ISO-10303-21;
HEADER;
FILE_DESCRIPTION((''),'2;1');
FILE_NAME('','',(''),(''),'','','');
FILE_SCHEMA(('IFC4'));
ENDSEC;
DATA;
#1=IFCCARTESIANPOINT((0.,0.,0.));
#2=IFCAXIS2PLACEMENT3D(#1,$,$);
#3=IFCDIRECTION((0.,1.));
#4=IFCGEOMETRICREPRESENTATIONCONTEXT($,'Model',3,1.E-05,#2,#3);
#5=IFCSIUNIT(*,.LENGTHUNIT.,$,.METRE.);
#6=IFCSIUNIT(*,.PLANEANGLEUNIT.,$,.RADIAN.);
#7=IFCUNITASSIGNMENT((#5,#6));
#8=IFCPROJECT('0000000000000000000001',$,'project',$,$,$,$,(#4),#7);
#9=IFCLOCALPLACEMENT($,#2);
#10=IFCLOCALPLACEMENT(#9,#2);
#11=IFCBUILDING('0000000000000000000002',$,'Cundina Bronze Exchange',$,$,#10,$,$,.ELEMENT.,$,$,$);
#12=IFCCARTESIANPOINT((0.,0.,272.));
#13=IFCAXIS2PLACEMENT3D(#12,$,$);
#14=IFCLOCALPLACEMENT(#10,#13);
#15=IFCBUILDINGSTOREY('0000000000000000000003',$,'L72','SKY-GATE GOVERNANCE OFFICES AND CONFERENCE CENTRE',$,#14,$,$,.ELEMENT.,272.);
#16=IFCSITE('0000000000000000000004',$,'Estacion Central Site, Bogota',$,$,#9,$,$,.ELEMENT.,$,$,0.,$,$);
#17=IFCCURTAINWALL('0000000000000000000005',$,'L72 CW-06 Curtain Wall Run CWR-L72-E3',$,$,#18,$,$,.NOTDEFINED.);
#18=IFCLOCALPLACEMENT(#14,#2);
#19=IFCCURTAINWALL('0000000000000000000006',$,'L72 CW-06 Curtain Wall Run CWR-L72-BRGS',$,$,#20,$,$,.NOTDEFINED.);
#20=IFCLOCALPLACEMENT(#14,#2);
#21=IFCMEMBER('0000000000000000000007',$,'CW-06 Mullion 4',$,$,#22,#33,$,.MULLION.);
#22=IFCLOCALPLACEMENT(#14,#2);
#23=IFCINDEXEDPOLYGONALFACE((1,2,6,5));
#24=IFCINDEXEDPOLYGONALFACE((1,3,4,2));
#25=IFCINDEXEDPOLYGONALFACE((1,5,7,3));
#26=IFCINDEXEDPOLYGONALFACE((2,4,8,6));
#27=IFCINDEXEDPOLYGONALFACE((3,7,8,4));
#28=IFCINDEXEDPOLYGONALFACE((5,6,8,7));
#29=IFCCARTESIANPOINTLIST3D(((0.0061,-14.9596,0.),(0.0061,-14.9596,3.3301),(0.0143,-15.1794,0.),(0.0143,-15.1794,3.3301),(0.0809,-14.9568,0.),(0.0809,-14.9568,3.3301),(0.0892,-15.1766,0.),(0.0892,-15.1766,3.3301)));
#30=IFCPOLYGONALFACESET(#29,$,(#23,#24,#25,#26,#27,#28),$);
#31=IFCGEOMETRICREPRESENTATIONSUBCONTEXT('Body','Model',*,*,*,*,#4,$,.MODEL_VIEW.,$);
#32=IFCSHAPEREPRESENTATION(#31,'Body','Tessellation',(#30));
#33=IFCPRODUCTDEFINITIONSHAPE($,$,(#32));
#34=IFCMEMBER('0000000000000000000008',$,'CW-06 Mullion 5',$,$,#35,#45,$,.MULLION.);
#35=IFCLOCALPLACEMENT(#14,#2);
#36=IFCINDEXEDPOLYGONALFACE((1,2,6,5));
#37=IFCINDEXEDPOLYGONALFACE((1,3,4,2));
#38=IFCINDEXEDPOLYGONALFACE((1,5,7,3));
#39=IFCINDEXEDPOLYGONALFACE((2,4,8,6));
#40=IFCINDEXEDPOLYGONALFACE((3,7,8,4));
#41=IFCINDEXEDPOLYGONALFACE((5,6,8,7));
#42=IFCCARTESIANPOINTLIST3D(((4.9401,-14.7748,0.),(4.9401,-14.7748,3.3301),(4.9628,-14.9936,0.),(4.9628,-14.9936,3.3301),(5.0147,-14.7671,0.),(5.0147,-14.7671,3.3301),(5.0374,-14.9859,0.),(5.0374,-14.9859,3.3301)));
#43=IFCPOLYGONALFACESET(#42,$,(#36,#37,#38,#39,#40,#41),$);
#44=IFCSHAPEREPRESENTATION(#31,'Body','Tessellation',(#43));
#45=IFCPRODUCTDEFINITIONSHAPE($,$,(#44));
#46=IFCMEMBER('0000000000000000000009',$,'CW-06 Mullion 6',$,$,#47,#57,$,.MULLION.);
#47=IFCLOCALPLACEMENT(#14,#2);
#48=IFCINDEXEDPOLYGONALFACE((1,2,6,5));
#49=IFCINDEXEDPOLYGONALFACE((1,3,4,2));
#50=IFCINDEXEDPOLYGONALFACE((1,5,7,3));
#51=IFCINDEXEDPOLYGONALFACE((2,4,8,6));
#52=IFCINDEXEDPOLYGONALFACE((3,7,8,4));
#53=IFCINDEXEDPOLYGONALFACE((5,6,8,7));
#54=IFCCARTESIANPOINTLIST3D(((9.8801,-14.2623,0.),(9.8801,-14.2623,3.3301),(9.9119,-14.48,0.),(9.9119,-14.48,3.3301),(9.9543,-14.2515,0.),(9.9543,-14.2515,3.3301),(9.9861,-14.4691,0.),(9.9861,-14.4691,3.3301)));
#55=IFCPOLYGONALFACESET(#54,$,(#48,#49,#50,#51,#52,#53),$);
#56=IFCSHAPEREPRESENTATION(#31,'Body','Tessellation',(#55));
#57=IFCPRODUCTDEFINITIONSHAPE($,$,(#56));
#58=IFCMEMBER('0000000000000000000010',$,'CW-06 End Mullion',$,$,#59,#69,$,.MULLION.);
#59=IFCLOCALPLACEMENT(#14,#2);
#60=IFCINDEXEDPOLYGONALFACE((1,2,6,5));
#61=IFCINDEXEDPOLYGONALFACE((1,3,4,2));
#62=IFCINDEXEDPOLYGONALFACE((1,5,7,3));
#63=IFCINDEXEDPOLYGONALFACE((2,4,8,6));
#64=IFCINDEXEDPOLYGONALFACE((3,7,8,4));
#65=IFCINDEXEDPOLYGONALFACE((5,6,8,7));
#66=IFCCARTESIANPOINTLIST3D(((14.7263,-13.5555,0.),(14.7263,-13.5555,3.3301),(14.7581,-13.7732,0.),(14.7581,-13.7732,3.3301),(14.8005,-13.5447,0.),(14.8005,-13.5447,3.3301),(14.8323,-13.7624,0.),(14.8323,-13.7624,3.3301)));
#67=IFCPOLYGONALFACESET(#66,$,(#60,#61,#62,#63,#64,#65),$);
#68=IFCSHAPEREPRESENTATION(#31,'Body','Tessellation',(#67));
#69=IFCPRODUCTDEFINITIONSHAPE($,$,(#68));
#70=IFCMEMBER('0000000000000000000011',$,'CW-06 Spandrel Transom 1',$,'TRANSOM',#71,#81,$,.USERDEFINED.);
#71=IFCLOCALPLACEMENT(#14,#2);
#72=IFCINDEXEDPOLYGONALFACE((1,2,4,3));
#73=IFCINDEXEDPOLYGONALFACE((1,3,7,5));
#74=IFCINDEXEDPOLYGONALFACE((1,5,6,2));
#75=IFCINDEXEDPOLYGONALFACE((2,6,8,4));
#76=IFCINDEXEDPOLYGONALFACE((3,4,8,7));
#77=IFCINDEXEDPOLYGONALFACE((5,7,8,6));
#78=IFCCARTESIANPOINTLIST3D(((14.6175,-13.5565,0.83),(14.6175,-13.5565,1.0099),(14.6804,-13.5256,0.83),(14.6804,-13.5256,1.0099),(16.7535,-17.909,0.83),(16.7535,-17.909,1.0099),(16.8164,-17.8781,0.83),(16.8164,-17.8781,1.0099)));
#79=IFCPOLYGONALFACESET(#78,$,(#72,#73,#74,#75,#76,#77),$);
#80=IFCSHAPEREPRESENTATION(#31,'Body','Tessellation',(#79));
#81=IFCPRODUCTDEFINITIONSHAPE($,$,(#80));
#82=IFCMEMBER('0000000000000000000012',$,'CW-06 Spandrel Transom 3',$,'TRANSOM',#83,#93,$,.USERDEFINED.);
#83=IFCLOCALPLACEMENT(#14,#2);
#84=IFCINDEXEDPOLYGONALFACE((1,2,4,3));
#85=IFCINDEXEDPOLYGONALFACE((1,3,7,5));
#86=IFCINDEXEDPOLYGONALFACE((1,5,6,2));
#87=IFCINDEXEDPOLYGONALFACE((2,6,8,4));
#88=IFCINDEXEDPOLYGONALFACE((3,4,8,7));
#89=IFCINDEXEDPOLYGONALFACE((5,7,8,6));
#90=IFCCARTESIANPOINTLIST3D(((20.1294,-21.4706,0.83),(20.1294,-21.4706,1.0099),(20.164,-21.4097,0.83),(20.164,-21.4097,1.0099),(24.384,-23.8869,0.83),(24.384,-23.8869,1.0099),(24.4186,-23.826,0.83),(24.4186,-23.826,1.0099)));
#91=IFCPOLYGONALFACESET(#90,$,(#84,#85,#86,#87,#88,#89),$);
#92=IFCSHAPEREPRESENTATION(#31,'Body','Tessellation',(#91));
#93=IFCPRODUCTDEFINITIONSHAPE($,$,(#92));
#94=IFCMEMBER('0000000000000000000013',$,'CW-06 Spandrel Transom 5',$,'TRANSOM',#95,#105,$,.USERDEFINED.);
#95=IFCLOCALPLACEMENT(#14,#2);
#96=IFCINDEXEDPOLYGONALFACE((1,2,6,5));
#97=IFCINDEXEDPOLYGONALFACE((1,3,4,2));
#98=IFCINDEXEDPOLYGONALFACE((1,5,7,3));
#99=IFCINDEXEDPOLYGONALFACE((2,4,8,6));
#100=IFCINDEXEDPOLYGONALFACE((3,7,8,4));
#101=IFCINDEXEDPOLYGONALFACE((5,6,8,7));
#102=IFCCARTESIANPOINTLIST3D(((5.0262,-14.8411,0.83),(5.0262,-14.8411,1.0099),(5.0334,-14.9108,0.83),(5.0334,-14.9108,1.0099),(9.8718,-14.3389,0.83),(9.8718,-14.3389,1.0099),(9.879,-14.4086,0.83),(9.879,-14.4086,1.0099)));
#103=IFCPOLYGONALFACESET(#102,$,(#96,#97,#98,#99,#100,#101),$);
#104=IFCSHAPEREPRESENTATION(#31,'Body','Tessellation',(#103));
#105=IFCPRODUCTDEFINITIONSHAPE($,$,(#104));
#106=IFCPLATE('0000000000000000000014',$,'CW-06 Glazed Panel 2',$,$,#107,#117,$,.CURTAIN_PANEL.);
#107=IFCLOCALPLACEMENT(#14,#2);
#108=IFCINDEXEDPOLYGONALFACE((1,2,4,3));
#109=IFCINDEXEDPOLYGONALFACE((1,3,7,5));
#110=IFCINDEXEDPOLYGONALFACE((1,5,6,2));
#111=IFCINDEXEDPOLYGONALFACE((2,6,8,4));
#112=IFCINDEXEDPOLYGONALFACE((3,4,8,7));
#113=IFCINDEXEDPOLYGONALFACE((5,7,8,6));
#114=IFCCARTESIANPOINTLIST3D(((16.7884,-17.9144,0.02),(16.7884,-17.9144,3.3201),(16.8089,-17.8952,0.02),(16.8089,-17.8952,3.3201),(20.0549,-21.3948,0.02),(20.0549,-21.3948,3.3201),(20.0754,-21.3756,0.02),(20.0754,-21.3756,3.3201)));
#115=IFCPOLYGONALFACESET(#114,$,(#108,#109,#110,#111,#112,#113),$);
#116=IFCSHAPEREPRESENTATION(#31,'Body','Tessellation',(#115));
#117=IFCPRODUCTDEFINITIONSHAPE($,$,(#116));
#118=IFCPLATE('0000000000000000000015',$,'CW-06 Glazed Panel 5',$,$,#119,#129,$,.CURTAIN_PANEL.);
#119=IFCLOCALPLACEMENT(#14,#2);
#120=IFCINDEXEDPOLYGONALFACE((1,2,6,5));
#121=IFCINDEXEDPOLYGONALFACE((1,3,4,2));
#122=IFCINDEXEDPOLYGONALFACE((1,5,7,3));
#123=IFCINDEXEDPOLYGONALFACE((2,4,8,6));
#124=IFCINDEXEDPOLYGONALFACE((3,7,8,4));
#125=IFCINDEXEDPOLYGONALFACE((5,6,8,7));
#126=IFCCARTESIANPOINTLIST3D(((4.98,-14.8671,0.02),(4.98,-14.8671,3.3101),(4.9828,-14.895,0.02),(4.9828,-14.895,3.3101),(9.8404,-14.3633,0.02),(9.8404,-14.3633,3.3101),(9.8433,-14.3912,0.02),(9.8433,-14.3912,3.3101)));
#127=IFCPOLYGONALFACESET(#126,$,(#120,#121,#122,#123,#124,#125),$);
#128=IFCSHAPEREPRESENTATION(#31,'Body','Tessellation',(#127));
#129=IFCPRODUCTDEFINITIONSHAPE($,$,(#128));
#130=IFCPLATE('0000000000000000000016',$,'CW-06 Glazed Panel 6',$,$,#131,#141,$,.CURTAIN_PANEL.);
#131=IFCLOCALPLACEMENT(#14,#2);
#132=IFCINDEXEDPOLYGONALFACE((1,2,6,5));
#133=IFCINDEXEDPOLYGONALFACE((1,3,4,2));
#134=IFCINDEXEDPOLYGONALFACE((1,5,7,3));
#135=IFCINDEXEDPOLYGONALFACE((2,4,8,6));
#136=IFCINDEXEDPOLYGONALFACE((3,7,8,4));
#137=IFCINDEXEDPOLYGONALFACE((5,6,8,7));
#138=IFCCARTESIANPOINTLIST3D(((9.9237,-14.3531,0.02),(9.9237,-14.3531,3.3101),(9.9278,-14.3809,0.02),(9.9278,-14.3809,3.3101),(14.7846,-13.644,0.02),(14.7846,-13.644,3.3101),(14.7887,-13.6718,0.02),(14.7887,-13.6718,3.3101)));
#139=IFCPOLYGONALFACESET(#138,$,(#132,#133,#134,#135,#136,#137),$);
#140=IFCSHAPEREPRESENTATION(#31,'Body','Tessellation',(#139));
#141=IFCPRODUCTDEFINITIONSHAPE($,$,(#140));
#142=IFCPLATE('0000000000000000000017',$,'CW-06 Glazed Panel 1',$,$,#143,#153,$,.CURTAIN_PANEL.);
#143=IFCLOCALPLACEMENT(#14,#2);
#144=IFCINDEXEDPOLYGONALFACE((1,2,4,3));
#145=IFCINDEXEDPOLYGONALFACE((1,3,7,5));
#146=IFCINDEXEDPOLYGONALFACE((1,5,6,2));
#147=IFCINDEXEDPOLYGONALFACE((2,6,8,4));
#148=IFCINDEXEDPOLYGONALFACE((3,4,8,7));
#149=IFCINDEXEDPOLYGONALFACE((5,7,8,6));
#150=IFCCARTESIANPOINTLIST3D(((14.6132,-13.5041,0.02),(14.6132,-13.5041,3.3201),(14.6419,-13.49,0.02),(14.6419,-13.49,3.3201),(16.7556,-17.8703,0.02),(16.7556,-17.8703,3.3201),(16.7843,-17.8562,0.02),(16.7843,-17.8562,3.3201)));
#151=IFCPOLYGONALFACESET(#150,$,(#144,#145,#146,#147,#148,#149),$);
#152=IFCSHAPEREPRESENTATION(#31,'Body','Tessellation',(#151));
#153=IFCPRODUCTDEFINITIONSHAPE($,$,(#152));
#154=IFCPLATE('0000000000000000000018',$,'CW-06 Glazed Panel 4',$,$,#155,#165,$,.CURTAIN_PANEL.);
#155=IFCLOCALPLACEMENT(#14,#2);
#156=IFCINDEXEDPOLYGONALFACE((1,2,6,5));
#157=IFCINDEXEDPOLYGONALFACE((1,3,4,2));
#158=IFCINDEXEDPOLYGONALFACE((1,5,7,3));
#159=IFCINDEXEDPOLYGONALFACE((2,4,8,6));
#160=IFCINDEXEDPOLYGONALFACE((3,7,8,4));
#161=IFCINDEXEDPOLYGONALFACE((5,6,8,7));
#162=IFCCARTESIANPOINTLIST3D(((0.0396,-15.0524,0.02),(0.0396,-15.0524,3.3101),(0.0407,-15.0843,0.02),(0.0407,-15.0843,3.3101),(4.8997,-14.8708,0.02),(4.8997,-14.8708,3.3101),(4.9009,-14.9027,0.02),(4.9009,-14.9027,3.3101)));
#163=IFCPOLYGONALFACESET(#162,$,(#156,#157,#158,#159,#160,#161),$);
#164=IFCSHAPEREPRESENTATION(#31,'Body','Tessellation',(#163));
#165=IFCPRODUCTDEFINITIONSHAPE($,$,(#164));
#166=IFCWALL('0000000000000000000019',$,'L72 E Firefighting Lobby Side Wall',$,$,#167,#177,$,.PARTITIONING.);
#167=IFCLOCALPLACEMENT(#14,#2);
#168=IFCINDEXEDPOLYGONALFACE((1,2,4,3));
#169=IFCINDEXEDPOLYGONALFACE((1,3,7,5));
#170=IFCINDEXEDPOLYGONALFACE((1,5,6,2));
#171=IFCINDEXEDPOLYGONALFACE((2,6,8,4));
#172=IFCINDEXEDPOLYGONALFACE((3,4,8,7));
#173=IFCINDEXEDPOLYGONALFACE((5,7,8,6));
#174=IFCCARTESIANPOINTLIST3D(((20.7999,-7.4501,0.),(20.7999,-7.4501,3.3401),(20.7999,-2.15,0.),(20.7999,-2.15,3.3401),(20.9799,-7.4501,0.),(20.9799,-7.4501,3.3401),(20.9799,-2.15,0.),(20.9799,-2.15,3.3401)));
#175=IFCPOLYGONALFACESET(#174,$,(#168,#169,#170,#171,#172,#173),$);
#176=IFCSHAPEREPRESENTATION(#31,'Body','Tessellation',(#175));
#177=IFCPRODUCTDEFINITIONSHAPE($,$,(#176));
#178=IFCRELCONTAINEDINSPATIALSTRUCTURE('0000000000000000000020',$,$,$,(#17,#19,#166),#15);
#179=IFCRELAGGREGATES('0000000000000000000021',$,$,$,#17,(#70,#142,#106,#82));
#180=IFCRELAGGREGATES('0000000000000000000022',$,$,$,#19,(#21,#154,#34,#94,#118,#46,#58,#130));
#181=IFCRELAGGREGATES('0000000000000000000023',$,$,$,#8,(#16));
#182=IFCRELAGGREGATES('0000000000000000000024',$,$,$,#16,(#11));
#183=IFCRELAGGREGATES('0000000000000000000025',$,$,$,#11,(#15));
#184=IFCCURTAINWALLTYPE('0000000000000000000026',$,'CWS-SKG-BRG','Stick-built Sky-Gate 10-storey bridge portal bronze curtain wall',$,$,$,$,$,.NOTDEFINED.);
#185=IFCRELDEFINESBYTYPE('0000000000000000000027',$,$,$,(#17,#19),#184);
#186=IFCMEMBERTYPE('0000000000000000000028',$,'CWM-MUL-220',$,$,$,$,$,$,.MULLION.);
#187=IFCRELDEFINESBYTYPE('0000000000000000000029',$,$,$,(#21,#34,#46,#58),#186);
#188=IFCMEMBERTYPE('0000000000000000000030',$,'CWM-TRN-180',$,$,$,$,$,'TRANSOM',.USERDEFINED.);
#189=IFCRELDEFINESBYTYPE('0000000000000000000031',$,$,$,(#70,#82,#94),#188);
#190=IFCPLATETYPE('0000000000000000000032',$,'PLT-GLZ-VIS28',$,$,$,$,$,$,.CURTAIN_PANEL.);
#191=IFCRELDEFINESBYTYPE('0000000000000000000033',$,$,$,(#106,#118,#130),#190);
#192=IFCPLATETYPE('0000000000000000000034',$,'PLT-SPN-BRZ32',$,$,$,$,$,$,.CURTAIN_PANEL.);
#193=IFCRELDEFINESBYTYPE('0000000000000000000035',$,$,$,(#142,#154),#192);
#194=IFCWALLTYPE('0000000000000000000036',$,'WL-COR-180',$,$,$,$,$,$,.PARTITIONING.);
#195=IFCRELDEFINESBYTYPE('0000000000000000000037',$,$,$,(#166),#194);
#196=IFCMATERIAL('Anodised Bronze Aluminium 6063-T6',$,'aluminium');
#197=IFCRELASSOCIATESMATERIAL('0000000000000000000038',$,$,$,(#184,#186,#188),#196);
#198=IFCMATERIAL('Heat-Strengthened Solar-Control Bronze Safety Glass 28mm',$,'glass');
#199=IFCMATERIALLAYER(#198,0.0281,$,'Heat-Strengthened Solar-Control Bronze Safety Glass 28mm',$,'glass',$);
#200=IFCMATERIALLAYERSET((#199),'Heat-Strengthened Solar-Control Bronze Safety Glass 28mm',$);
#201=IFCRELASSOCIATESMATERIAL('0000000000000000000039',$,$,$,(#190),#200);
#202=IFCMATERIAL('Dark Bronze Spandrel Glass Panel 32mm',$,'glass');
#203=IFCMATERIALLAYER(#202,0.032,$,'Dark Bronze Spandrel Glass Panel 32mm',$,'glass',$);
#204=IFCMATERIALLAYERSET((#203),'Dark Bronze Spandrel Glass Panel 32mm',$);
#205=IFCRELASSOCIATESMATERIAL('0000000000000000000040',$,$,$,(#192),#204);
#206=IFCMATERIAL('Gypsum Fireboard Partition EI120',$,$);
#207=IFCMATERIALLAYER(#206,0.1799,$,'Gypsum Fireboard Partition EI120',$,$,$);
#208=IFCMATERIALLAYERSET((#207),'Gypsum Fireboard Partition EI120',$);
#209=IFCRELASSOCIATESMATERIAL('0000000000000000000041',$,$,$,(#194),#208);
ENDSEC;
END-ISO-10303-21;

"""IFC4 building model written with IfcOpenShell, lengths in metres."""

from ifc_helpers import new_model, si_unit, direction, frame, frame_2d, origin, origin_2d, place, context, subcontext, project, spatial, rectangle, extrude, material, layer, layer_set, material_profile, profile_set, type_object, element, aggregate, save


model = new_model("IFC4")

# Units and contexts
model_context = context("Model", 3, precision=1e-05, world=origin(), true_north=direction((0.0, 1.0)))
body_context = subcontext(model_context, "Body", "Model", "MODEL_VIEW")
ifc_project = project(units=[si_unit("LENGTHUNIT", "METRE"), si_unit("PLANEANGLEUNIT", "RADIAN")], contexts=[model_context])

# Site, building, storey
site_placement = place(None, origin())
site = spatial("IfcSite", under=ifc_project, at=site_placement, Name="Estacion Central Site, Bogota", CompositionType="ELEMENT", RefElevation=0.0)
building_placement = place(site_placement, origin())
building = spatial("IfcBuilding", under=site, at=building_placement, Name="Cundina Bronze Exchange", CompositionType="ELEMENT")
storey_placement = place(building_placement, frame((0.0, 0.0, 272.0)))
storey = spatial("IfcBuildingStorey", under=building, at=storey_placement, Name="L72", Description="SKY-GATE GOVERNANCE OFFICES AND CONFERENCE CENTRE", CompositionType="ELEMENT", Elevation=272.0)

# Curtain walls, members
ifc_material_1 = material(Name="Anodised Bronze Aluminium 6063-T6", Category="aluminium")
curtain_wall_type = type_object("IfcCurtainWallType", Name="CWS-SKG-BRG", Description="Stick-built Sky-Gate 10-storey bridge portal bronze curtain wall", PredefinedType="NOTDEFINED", material=ifc_material_1)
curtain_wall_1_placement = place(storey_placement, origin())
curtain_wall_1 = element("IfcCurtainWall", 1, at=curtain_wall_1_placement, inside=storey, type_object=curtain_wall_type, Name="L72 CW-06 Curtain Wall Run CWR-L72-E3", PredefinedType="NOTDEFINED")
ifc_material_profile_1 = material_profile(ifc_material_1, rectangle(XDim=0.075, YDim=0.22, at=origin_2d()), Name="AL75X220", Category="aluminium")
ifc_profile_set_1 = profile_set([ifc_material_profile_1], Name="Anodised Bronze Aluminium 6063-T6")
member_type_1 = type_object("IfcMemberType", Name="CWM-MUL-220", PredefinedType="MULLION", material=ifc_profile_set_1)
curtain_wall_2_placement = place(storey_placement, origin())
curtain_wall_2 = element("IfcCurtainWall", 2, at=curtain_wall_2_placement, inside=storey, type_object=curtain_wall_type, Name="L72 CW-06 Curtain Wall Run CWR-L72-BRGS", PredefinedType="NOTDEFINED")
member_1_placement = place(storey_placement, frame((0.0476, -15.0681, 0.0), z_axis=(0.0, 0.0, 1.0), x_axis=(0.999303, 0.037341, 0.0)))
member_1 = element("IfcMember", 3, at=member_1_placement, type_object=member_type_1, Name="CW-06 Mullion 4", PredefinedType="MULLION", context=body_context, shape_type="SweptSolid", body=[
    extrude(rectangle(XDim=0.075, YDim=0.22, at=origin_2d()), origin(), (0.0, 0.0, 1.0), 3.3301),
])
member_2_placement = place(storey_placement, frame((4.9888, -14.8804, 0.0), z_axis=(0.0, 0.0, 1.0), x_axis=(0.994667, 0.10314, 0.0)))
member_2 = element("IfcMember", 4, at=member_2_placement, type_object=member_type_1, Name="CW-06 Mullion 5", PredefinedType="MULLION", context=body_context, shape_type="SweptSolid", body=[
    extrude(rectangle(XDim=0.075, YDim=0.22, at=origin_2d()), origin(), (0.0, 0.0, 1.0), 3.3301),
])
member_3_placement = place(storey_placement, frame((9.9331, -14.3657, 0.0), z_axis=(0.0, 0.0, 1.0), x_axis=(0.989526, 0.144356, 0.0)))
member_3 = element("IfcMember", 5, at=member_3_placement, type_object=member_type_1, Name="CW-06 Mullion 6", PredefinedType="MULLION", context=body_context, shape_type="SweptSolid", body=[
    extrude(rectangle(XDim=0.075, YDim=0.22, at=origin_2d()), origin(), (0.0, 0.0, 1.0), 3.3301),
])
member_4_placement = place(storey_placement, frame((14.7793, -13.6589, 0.0), z_axis=(0.0, 0.0, 1.0), x_axis=(0.989526, 0.144356, 0.0)))
member_4 = element("IfcMember", 6, at=member_4_placement, type_object=member_type_1, Name="CW-06 End Mullion", PredefinedType="MULLION", context=body_context, shape_type="SweptSolid", body=[
    extrude(rectangle(XDim=0.075, YDim=0.22, at=origin_2d()), origin(), (0.0, 0.0, 1.0), 3.3301),
])

# Members
ifc_material_profile_2 = material_profile(ifc_material_1, rectangle(XDim=0.0701, YDim=0.1799, at=origin_2d()), Name="AL70X180", Category="aluminium")
ifc_profile_set_2 = profile_set([ifc_material_profile_2], Name="Anodised Bronze Aluminium 6063-T6")
member_type_2 = type_object("IfcMemberType", Name="CWM-TRN-180", ElementType="TRANSOM", PredefinedType="USERDEFINED", material=ifc_profile_set_2)
member_5_placement = place(storey_placement, frame((14.6489, -13.541, 0.9199), z_axis=(0.440554, -0.897726, 0.0), x_axis=(0.897726, 0.440554, 0.0)))
member_5 = element("IfcMember", 7, at=member_5_placement, type_object=member_type_2, Name="CW-06 Spandrel Transom 1", ObjectType="TRANSOM", PredefinedType="USERDEFINED", context=body_context, shape_type="SweptSolid", body=[
    extrude(rectangle(XDim=0.0701, YDim=0.1799, at=origin_2d()), origin(), (0.0, 0.0, 1.0), 4.8484),
])
member_6_placement = place(storey_placement, frame((20.1467, -21.4402, 0.9199), z_axis=(0.869557, -0.493832, 0.0), x_axis=(0.493832, 0.869557, 0.0)))
member_6 = element("IfcMember", 8, at=member_6_placement, type_object=member_type_2, Name="CW-06 Spandrel Transom 3", ObjectType="TRANSOM", PredefinedType="USERDEFINED", context=body_context, shape_type="SweptSolid", body=[
    extrude(rectangle(XDim=0.0701, YDim=0.1799, at=origin_2d()), origin(), (0.0, 0.0, 1.0), 4.8928),
])
member_7_placement = place(storey_placement, frame((5.0298, -14.876, 0.9199), z_axis=(0.994672, 0.103086, 0.0), x_axis=(-0.103086, 0.994672, 0.0)))
member_7 = element("IfcMember", 9, at=member_7_placement, type_object=member_type_2, Name="CW-06 Spandrel Transom 5", ObjectType="TRANSOM", PredefinedType="USERDEFINED", context=body_context, shape_type="SweptSolid", body=[
    extrude(rectangle(XDim=0.0701, YDim=0.1799, at=origin_2d()), origin(), (0.0, 0.0, 1.0), 4.8716),
])

# Plates
ifc_material_2 = material(Name="Heat-Strengthened Solar-Control Bronze Safety Glass 28mm", Category="glass")
ifc_layer_1 = layer(ifc_material_2, 0.0281, Name="Heat-Strengthened Solar-Control Bronze Safety Glass 28mm", Category="glass")
ifc_layer_set_1 = layer_set([ifc_layer_1], Name="Heat-Strengthened Solar-Control Bronze Safety Glass 28mm")
plate_type_1 = type_object("IfcPlateType", Name="PLT-GLZ-VIS28", PredefinedType="CURTAIN_PANEL", material=ifc_layer_set_1)
plate_1_placement = place(storey_placement, frame((18.4319, -19.645, 0.02), z_axis=(0.0, 0.0, 1.0), x_axis=(0.684344, -0.72916, 0.0)))
plate_1 = element("IfcPlate", 10, at=plate_1_placement, type_object=plate_type_1, Name="CW-06 Glazed Panel 2", PredefinedType="CURTAIN_PANEL", context=body_context, shape_type="SweptSolid", body=[
    extrude(rectangle(XDim=4.7732, YDim=0.0281, at=origin_2d()), origin(), (0.0, 0.0, 1.0), 3.3),
])
plate_2_placement = place(storey_placement, frame((7.4116, -14.6292, 0.02), z_axis=(0.0, 0.0, 1.0), x_axis=(0.994672, 0.103088, 0.0)))
plate_2 = element("IfcPlate", 11, at=plate_2_placement, type_object=plate_type_1, Name="CW-06 Glazed Panel 5", PredefinedType="CURTAIN_PANEL", context=body_context, shape_type="SweptSolid", body=[
    extrude(rectangle(XDim=4.8865, YDim=0.0281, at=origin_2d()), origin(), (0.0, 0.0, 1.0), 3.29),
])
plate_3_placement = place(storey_placement, frame((12.3562, -14.0125, 0.02), z_axis=(0.0, 0.0, 1.0), x_axis=(0.989528, 0.144339, 0.0)))
plate_3 = element("IfcPlate", 12, at=plate_3_placement, type_object=plate_type_1, Name="CW-06 Glazed Panel 6", PredefinedType="CURTAIN_PANEL", context=body_context, shape_type="SweptSolid", body=[
    extrude(rectangle(XDim=4.9124, YDim=0.0281, at=origin_2d()), origin(), (0.0, 0.0, 1.0), 3.29),
])
ifc_material_3 = material(Name="Dark Bronze Spandrel Glass Panel 32mm", Category="glass")
ifc_layer_2 = layer(ifc_material_3, 0.032, Name="Dark Bronze Spandrel Glass Panel 32mm", Category="glass")
ifc_layer_set_2 = layer_set([ifc_layer_2], Name="Dark Bronze Spandrel Glass Panel 32mm")
plate_type_2 = type_object("IfcPlateType", Name="PLT-SPN-BRZ32", PredefinedType="CURTAIN_PANEL", material=ifc_layer_set_2)
plate_4_placement = place(storey_placement, frame((15.6987, -15.6802, 0.02), z_axis=(0.0, 0.0, 1.0), x_axis=(0.440503, -0.897751, 0.0)))
plate_4 = element("IfcPlate", 13, at=plate_4_placement, type_object=plate_type_2, Name="CW-06 Glazed Panel 1", PredefinedType="CURTAIN_PANEL", context=body_context, shape_type="SweptSolid", body=[
    extrude(rectangle(XDim=4.8635, YDim=0.032, at=origin_2d()), origin(), (0.0, 0.0, 1.0), 3.3),
])
aggregate(curtain_wall_1, [member_5, plate_4, plate_1, member_6])
plate_5_placement = place(storey_placement, frame((2.4702, -14.9775, 0.02), z_axis=(0.0, 0.0, 1.0), x_axis=(0.999303, 0.037341, 0.0)))
plate_5 = element("IfcPlate", 14, at=plate_5_placement, type_object=plate_type_2, Name="CW-06 Glazed Panel 4", PredefinedType="CURTAIN_PANEL", context=body_context, shape_type="SweptSolid", body=[
    extrude(rectangle(XDim=4.8635, YDim=0.032, at=origin_2d()), origin(), (0.0, 0.0, 1.0), 3.29),
])
aggregate(curtain_wall_2, [member_1, plate_5, member_2, member_7, plate_2, member_3, member_4, plate_3])

# Wall
ifc_material_4 = material(Name="Gypsum Fireboard Partition EI120")
ifc_layer_3 = layer(ifc_material_4, 0.1799, Name="Gypsum Fireboard Partition EI120")
ifc_layer_set_3 = layer_set([ifc_layer_3], Name="Gypsum Fireboard Partition EI120")
wall_type = type_object("IfcWallType", Name="WL-COR-180", PredefinedType="PARTITIONING", material=ifc_layer_set_3)
wall_1_placement = place(storey_placement, frame((20.8899, -7.45, 0.0), z_axis=(0.0, 0.0, 1.0), x_axis=(0.0, 1.0, 0.0)))
element("IfcWall", 15, at=wall_1_placement, inside=storey, type_object=wall_type, Name="L72 E Firefighting Lobby Side Wall", PredefinedType="PARTITIONING", context=body_context, shape_type="SweptSolid", body=[
    extrude(rectangle(XDim=5.3, YDim=0.1799, at=frame_2d((2.6499, 0.0))), origin(), (0.0, 0.0, 1.0), 3.3401),
])

save(model, "model.ifc")
